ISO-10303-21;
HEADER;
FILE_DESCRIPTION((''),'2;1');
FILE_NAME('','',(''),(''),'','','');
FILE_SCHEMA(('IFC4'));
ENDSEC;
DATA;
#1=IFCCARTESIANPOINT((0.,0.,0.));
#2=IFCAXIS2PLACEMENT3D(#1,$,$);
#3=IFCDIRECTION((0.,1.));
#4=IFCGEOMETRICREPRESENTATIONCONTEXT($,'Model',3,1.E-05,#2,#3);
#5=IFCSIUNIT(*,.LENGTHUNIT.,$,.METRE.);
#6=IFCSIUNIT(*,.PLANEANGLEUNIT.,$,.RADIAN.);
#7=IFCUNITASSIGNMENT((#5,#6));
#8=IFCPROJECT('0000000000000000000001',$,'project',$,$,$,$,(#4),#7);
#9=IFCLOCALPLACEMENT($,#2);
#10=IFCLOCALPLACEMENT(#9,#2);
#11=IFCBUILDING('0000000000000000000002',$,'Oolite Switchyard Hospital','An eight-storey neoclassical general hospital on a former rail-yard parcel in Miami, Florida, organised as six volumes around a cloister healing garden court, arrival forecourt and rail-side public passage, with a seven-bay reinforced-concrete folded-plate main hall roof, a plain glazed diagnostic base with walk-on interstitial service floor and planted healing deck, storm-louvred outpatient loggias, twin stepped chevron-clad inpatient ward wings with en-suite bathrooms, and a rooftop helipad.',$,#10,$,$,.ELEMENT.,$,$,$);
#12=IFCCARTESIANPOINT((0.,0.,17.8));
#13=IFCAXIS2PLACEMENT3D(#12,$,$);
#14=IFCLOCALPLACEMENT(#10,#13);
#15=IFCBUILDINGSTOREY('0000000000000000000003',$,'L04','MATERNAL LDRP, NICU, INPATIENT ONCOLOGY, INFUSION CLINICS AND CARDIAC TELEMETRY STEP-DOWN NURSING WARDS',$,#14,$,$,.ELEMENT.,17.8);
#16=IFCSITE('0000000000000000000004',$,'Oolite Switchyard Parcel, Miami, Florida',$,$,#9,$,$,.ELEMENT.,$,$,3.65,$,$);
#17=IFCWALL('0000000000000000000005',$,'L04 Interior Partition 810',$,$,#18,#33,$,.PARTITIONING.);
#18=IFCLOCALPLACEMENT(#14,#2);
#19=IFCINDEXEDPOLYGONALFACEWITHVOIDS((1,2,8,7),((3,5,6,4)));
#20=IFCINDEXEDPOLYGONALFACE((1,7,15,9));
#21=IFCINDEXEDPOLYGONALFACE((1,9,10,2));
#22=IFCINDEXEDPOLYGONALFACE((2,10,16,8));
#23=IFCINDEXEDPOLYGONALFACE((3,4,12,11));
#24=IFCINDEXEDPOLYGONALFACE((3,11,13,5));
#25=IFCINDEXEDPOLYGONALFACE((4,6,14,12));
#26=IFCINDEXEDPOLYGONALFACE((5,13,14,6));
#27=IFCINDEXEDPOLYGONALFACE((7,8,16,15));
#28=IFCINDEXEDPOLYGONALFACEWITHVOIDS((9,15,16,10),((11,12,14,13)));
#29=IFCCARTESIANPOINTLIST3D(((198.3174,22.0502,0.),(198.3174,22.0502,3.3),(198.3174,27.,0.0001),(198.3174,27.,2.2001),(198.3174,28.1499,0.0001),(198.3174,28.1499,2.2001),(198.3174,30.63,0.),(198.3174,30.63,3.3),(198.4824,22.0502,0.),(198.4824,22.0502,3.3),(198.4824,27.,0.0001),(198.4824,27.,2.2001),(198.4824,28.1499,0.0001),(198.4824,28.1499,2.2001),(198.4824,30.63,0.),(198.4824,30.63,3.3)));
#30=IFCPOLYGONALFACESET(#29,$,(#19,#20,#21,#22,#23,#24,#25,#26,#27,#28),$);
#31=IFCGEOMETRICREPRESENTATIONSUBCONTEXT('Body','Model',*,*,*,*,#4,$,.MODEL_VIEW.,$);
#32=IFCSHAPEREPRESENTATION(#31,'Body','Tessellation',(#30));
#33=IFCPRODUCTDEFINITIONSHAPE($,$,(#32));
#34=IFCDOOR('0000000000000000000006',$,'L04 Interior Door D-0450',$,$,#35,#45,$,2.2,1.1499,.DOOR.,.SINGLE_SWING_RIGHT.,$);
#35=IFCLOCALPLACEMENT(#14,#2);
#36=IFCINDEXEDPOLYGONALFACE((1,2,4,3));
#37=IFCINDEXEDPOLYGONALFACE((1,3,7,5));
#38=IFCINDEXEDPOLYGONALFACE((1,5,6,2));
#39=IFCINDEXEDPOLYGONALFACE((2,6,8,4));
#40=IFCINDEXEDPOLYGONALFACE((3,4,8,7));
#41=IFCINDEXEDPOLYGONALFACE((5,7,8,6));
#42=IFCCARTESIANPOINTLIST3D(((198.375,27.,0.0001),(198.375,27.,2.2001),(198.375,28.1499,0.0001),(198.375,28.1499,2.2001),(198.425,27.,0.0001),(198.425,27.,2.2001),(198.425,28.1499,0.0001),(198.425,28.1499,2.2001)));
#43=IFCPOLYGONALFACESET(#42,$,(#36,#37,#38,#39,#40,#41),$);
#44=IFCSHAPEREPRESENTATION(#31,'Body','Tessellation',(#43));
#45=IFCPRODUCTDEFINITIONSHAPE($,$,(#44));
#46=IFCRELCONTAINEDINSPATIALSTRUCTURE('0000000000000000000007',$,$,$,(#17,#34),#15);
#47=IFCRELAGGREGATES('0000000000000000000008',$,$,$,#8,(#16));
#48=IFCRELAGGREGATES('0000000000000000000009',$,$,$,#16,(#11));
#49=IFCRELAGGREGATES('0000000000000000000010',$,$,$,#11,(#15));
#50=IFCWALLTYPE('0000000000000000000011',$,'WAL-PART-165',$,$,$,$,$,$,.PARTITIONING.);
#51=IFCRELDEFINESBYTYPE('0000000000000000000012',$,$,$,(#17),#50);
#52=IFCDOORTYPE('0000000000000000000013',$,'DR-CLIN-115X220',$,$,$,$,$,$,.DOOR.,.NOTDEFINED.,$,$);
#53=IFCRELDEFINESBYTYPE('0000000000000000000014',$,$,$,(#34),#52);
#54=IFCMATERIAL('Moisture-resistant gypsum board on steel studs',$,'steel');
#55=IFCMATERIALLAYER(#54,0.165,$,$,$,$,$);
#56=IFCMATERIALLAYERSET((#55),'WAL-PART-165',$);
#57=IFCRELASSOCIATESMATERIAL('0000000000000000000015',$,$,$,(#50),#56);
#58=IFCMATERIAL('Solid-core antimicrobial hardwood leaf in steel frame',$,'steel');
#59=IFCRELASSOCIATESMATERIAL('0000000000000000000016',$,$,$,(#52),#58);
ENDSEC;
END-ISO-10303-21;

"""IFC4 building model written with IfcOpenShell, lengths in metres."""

from ifc_helpers import new_model, si_unit, direction, frame, frame_2d, origin, place, context, subcontext, project, spatial, rectangle, extrude, material, layer, layer_set, type_object, element, fill, save


model = new_model("IFC4")

# Units and contexts
model_context = context("Model", 3, precision=1e-05, world=origin(), true_north=direction((0.0, 1.0)))
body_context = subcontext(model_context, "Body", "Model", "MODEL_VIEW")
ifc_project = project(units=[si_unit("LENGTHUNIT", "METRE"), si_unit("PLANEANGLEUNIT", "RADIAN")], contexts=[model_context])

# Site, building, storey
site_placement = place(None, origin())
site = spatial("IfcSite", under=ifc_project, at=site_placement, Name="Oolite Switchyard Parcel, Miami, Florida", CompositionType="ELEMENT", RefElevation=3.65)
building_placement = place(site_placement, origin())
building = spatial("IfcBuilding", under=site, at=building_placement, Name="Oolite Switchyard Hospital", Description="An eight-storey neoclassical general hospital on a former rail-yard parcel in Miami, Florida, organised as six volumes around a cloister healing garden court, arrival forecourt and rail-side public passage, with a seven-bay reinforced-concrete folded-plate main hall roof, a plain glazed diagnostic base with walk-on interstitial service floor and planted healing deck, storm-louvred outpatient loggias, twin stepped chevron-clad inpatient ward wings with en-suite bathrooms, and a rooftop helipad.", CompositionType="ELEMENT")
storey_placement = place(building_placement, frame((0.0, 0.0, 17.8)))
storey = spatial("IfcBuildingStorey", under=building, at=storey_placement, Name="L04", Description="MATERNAL LDRP, NICU, INPATIENT ONCOLOGY, INFUSION CLINICS AND CARDIAC TELEMETRY STEP-DOWN NURSING WARDS", CompositionType="ELEMENT", Elevation=17.8)

# Shared definitions
ifc_material_1 = material(Name="Moisture-resistant gypsum board on steel studs", Category="steel")

# Wall, opening, door
ifc_layer_1 = layer(ifc_material_1, 0.165)
ifc_layer_set_1 = layer_set([ifc_layer_1], Name="WAL-PART-165")
wall_type_1 = type_object("IfcWallType", Name="WAL-PART-165", PredefinedType="PARTITIONING", material=ifc_layer_set_1)
ifc_material_2 = material(Name="Solid-core antimicrobial hardwood leaf in steel frame", Category="steel")
wall_1_placement = place(storey_placement, frame((198.3999, 22.05, 0.0), z_axis=(0.0, 0.0, 1.0), x_axis=(0.0, 1.0, 0.0)))
wall_1 = element("IfcWall", 1, at=wall_1_placement, inside=storey, type_object=wall_type_1, Name="L04 Interior Partition 810", PredefinedType="PARTITIONING", context=body_context, shape_type="SweptSolid", body=[
    extrude(rectangle(XDim=8.5798, YDim=0.165, at=frame_2d((4.29, 0.0))), origin(), (0.0, 0.0, 1.0), 3.3),
])
opening_1_placement = place(wall_1_placement, frame((4.95, 0.0, 0.0)))
opening_1 = element("IfcOpeningElement", 2, at=opening_1_placement, cuts=wall_1, PredefinedType="OPENING", context=body_context, shape_type="SweptSolid", body=[
    extrude(rectangle(XDim=1.1499, YDim=2.2, at=frame_2d((0.575, 1.1001))), frame((0.0, 0.0925, 0.0), z_axis=(0.0, -1.0, 0.0), x_axis=(1.0, 0.0, 0.0)), (0.0, 0.0, 1.0), 0.1851),
])
door_type_1 = type_object("IfcDoorType", Name="DR-CLIN-115X220", OperationType="NOTDEFINED", PredefinedType="DOOR", material=ifc_material_2)
door_1_placement = place(opening_1_placement, origin())
door_1 = element("IfcDoor", 3, at=door_1_placement, inside=storey, type_object=door_type_1, Name="L04 Interior Door D-0450", OperationType="SINGLE_SWING_RIGHT", OverallHeight=2.2, OverallWidth=1.1499, PredefinedType="DOOR", context=body_context, shape_type="SweptSolid", body=[
    extrude(rectangle(XDim=1.1499, YDim=2.2, at=frame_2d((0.575, 1.1001))), frame((0.0, 0.0249, 0.0), z_axis=(0.0, -1.0, 0.0), x_axis=(1.0, 0.0, 0.0)), (0.0, 0.0, 1.0), 0.05),
])
fill(opening_1, door_1)

save(model, "model.ifc")
